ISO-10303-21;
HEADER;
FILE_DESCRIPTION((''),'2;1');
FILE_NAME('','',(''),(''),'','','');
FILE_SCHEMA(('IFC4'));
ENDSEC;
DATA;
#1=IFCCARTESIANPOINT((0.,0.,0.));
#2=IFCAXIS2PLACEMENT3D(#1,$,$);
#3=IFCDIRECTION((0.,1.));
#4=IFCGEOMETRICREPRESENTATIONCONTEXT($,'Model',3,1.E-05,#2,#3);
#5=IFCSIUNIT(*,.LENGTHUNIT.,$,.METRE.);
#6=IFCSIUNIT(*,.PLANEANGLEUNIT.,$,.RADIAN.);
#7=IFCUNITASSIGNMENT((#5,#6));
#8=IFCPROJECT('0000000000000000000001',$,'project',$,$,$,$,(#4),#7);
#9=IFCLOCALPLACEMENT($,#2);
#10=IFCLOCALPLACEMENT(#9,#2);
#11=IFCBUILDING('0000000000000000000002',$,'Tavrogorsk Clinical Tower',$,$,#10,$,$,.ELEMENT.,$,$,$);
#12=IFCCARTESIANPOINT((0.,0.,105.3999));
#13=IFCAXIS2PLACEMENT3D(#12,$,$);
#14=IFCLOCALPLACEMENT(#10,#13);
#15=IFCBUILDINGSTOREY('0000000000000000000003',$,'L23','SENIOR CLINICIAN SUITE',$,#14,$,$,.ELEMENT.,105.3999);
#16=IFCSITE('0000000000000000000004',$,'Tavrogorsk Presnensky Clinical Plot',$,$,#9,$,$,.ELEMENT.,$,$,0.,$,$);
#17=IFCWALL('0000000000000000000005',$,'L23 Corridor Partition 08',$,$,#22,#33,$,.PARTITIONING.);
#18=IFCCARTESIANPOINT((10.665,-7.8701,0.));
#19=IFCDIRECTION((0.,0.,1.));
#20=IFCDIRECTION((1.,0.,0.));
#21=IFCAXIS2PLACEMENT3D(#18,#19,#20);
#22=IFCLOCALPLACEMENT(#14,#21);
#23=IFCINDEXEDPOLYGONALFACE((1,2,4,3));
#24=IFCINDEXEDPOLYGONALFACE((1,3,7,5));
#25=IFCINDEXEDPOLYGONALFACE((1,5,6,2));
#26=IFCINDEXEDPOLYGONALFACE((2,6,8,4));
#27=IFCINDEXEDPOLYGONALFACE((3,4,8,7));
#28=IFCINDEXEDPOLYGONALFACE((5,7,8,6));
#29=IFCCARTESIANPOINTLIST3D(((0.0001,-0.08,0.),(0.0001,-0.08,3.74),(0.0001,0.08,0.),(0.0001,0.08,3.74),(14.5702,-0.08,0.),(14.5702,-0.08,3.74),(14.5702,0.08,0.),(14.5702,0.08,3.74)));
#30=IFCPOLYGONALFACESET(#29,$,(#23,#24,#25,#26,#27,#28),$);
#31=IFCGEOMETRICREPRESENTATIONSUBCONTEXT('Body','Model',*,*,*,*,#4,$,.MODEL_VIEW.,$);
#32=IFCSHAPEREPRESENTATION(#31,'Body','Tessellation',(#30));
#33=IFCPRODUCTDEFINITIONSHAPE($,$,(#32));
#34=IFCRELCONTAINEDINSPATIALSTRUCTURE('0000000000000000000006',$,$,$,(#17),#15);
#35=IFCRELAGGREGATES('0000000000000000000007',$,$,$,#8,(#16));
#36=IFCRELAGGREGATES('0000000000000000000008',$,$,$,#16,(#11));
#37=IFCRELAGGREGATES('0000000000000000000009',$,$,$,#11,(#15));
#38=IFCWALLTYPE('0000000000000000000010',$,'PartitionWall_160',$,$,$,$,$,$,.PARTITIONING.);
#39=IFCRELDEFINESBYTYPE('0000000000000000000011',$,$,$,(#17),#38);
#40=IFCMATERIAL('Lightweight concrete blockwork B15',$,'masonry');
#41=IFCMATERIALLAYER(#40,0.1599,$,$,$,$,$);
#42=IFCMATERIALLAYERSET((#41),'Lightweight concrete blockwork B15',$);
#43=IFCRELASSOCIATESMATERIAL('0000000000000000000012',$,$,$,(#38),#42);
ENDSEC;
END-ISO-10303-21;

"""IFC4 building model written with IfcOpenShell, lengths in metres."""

from ifc_helpers import new_model, si_unit, direction, frame, frame_2d, origin, place, context, subcontext, project, spatial, rectangle, extrude, material, layer, layer_set, type_object, element, save


model = new_model("IFC4")

# Units and contexts
model_context = context("Model", 3, precision=1e-05, world=origin(), true_north=direction((0.0, 1.0)))
body_context = subcontext(model_context, "Body", "Model", "MODEL_VIEW")
ifc_project = project(units=[si_unit("LENGTHUNIT", "METRE"), si_unit("PLANEANGLEUNIT", "RADIAN")], contexts=[model_context])

# Site, building, storey
site_placement = place(None, origin())
site = spatial("IfcSite", under=ifc_project, at=site_placement, Name="Tavrogorsk Presnensky Clinical Plot", CompositionType="ELEMENT", RefElevation=0.0)
building_placement = place(site_placement, origin())
building = spatial("IfcBuilding", under=site, at=building_placement, Name="Tavrogorsk Clinical Tower", CompositionType="ELEMENT")
storey_placement = place(building_placement, frame((0.0, 0.0, 105.3999)))
storey = spatial("IfcBuildingStorey", under=building, at=storey_placement, Name="L23", Description="SENIOR CLINICIAN SUITE", CompositionType="ELEMENT", Elevation=105.3999)

# Wall
ifc_material_1 = material(Name="Lightweight concrete blockwork B15", Category="masonry")
ifc_layer_1 = layer(ifc_material_1, 0.1599)
ifc_layer_set_1 = layer_set([ifc_layer_1], Name="Lightweight concrete blockwork B15")
wall_type_1 = type_object("IfcWallType", Name="PartitionWall_160", PredefinedType="PARTITIONING", material=ifc_layer_set_1)
wall_1_placement = place(storey_placement, frame((10.665, -7.8701, 0.0), z_axis=(0.0, 0.0, 1.0), x_axis=(1.0, 0.0, 0.0)))
element("IfcWall", 1, at=wall_1_placement, inside=storey, type_object=wall_type_1, Name="L23 Corridor Partition 08", PredefinedType="PARTITIONING", context=body_context, shape_type="SweptSolid", body=[
    extrude(rectangle(XDim=14.5701, YDim=0.1599, at=frame_2d((7.2852, 0.0))), origin(), (0.0, 0.0, 1.0), 3.74),
])

save(model, "model.ifc")
